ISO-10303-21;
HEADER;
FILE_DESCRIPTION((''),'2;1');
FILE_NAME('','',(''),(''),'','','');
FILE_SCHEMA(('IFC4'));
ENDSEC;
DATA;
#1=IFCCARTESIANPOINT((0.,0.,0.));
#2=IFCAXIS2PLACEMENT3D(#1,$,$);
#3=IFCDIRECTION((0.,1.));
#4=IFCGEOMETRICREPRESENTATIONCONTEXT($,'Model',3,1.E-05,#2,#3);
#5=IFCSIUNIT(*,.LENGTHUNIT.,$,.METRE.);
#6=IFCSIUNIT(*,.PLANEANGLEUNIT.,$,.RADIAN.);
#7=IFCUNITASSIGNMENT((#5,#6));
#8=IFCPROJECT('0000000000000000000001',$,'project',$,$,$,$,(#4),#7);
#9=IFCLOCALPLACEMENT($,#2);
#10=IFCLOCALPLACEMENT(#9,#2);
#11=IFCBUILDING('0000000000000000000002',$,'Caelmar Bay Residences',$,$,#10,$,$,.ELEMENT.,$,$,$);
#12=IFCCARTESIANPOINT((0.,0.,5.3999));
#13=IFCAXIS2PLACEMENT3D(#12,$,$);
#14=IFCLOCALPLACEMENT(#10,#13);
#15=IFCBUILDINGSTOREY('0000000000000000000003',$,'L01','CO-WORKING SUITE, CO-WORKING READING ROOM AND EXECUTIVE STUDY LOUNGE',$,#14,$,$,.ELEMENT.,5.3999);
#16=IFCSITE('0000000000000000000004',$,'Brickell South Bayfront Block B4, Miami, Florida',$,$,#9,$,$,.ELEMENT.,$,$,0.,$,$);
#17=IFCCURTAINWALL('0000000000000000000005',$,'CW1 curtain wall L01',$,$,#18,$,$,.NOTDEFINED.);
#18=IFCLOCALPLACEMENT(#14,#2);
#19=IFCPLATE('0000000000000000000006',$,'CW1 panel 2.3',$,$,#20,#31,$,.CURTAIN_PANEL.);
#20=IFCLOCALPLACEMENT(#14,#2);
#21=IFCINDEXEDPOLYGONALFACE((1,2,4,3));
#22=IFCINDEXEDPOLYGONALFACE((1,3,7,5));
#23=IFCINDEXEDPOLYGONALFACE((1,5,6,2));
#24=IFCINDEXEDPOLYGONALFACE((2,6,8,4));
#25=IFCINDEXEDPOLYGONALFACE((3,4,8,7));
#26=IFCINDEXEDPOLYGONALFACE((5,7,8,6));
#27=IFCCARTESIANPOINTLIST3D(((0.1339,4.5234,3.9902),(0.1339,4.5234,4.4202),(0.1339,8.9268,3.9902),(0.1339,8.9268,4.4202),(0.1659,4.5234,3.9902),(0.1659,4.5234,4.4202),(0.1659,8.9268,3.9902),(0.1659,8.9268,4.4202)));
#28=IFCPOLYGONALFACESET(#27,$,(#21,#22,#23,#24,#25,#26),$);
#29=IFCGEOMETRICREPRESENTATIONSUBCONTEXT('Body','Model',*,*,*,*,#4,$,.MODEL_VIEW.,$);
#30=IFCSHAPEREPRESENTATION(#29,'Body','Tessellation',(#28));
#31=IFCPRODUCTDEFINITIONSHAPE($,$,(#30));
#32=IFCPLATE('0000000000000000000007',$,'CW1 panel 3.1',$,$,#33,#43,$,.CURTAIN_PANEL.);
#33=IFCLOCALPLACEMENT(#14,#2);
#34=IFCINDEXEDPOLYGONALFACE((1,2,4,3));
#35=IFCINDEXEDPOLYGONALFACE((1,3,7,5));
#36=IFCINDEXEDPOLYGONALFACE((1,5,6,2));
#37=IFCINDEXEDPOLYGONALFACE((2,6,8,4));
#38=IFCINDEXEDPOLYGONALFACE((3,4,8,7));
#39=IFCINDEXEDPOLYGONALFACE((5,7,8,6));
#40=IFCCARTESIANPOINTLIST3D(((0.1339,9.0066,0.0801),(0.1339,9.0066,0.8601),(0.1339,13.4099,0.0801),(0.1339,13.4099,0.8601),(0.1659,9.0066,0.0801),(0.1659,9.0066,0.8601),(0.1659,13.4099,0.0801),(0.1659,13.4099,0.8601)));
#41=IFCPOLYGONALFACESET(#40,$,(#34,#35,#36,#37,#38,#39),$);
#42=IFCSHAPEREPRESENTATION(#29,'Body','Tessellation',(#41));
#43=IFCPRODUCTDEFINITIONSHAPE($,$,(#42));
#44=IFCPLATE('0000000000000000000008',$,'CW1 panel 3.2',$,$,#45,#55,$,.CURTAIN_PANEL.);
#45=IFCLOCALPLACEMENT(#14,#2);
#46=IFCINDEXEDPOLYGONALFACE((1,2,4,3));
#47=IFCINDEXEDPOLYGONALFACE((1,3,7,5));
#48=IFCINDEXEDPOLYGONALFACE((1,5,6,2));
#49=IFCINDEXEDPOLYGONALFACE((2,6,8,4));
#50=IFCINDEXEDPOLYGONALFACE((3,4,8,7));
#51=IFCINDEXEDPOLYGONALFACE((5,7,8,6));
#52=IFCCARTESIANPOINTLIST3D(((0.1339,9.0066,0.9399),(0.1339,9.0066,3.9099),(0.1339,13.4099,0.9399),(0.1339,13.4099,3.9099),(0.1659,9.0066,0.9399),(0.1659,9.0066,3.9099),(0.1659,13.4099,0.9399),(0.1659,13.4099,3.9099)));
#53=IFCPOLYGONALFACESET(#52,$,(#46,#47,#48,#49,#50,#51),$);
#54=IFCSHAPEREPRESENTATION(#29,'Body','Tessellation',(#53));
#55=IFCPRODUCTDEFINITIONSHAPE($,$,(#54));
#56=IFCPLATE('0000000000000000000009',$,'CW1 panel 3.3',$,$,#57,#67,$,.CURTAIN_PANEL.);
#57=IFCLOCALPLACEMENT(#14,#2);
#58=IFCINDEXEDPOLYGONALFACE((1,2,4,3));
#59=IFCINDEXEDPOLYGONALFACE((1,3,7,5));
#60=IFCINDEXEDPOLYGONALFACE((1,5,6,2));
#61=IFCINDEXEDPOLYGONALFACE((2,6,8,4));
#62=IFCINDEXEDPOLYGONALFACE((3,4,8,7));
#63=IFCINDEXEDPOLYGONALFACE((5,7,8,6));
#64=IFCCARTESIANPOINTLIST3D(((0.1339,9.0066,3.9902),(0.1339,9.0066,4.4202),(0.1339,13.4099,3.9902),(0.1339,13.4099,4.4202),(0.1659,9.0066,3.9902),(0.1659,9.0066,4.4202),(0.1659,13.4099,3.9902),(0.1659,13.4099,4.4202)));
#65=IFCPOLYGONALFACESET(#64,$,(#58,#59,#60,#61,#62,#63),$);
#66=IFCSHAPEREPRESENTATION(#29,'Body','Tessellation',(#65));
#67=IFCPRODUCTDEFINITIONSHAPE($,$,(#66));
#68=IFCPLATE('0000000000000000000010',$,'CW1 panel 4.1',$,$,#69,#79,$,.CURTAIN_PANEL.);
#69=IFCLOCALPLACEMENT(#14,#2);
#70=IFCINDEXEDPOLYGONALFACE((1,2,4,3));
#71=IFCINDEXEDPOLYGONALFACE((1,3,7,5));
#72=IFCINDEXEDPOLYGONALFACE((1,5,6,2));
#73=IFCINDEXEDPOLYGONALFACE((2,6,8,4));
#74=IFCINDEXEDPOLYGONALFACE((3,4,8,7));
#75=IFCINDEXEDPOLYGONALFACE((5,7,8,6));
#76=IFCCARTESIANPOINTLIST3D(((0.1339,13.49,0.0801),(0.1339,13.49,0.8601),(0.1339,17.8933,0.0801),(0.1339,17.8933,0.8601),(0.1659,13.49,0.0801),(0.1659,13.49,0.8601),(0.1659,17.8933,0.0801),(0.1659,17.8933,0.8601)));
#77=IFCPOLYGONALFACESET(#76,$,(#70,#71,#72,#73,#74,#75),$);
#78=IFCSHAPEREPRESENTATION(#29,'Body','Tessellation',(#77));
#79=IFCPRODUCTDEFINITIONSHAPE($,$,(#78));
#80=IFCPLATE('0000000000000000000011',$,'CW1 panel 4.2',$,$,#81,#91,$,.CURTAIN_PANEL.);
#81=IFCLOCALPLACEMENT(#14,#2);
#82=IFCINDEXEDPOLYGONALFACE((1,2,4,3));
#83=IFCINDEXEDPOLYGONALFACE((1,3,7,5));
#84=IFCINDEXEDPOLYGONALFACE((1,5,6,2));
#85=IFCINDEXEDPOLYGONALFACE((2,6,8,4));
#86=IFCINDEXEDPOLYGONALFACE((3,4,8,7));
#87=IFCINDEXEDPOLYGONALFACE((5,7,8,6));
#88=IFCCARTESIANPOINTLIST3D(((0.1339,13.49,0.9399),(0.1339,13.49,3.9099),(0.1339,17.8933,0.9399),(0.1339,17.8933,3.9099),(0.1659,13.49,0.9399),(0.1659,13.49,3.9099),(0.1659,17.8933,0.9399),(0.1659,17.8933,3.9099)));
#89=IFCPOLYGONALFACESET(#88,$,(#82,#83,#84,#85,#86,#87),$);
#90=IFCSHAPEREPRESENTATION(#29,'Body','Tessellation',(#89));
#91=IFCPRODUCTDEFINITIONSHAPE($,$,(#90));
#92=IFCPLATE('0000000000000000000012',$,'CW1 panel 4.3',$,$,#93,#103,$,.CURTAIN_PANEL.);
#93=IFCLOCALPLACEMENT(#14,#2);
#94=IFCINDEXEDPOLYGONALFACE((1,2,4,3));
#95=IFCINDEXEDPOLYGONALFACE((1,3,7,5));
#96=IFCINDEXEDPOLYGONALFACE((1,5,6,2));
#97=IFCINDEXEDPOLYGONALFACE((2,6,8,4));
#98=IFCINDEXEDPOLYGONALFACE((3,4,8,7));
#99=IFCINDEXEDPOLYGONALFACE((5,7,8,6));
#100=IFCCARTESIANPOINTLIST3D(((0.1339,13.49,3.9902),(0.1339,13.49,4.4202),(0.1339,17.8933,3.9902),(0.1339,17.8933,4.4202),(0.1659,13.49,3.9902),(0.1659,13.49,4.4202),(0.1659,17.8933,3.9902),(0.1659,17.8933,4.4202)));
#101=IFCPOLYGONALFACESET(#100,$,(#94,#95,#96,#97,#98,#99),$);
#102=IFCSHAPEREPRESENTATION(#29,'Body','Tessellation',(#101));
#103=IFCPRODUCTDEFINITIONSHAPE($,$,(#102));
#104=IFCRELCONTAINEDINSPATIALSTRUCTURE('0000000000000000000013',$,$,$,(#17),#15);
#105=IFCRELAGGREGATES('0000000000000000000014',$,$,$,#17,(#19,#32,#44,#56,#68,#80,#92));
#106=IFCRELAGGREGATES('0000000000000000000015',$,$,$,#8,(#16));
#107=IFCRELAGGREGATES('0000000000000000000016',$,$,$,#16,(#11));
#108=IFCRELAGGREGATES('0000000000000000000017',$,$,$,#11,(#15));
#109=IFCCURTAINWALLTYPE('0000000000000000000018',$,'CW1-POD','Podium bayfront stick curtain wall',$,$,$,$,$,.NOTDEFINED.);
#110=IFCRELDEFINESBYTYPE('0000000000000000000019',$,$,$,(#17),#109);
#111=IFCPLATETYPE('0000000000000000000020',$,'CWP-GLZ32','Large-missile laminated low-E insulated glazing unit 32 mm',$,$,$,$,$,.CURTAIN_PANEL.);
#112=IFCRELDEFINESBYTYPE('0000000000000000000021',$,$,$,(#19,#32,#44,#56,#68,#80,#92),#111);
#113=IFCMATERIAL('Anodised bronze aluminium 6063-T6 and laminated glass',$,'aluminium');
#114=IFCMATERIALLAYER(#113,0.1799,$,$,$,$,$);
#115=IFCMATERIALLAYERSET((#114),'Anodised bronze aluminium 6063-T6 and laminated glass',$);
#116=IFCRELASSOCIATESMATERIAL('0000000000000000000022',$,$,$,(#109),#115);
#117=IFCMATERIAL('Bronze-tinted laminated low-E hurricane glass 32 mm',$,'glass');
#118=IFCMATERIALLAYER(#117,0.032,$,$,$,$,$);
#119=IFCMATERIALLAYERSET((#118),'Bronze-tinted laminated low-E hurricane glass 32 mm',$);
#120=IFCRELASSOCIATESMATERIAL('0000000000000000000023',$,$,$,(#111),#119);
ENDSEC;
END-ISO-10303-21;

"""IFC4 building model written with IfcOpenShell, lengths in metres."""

from ifc_helpers import new_model, si_unit, direction, frame, origin, origin_2d, place, context, subcontext, project, spatial, rectangle, extrude, material, layer, layer_set, type_object, element, aggregate, save


model = new_model("IFC4")

# Units and contexts
model_context = context("Model", 3, precision=1e-05, world=origin(), true_north=direction((0.0, 1.0)))
body_context = subcontext(model_context, "Body", "Model", "MODEL_VIEW")
ifc_project = project(units=[si_unit("LENGTHUNIT", "METRE"), si_unit("PLANEANGLEUNIT", "RADIAN")], contexts=[model_context])

# Site, building, storey
site_placement = place(None, origin())
site = spatial("IfcSite", under=ifc_project, at=site_placement, Name="Brickell South Bayfront Block B4, Miami, Florida", CompositionType="ELEMENT", RefElevation=0.0)
building_placement = place(site_placement, origin())
building = spatial("IfcBuilding", under=site, at=building_placement, Name="Caelmar Bay Residences", CompositionType="ELEMENT")
storey_placement = place(building_placement, frame((0.0, 0.0, 5.3999)))
storey = spatial("IfcBuildingStorey", under=building, at=storey_placement, Name="L01", Description="CO-WORKING SUITE, CO-WORKING READING ROOM AND EXECUTIVE STUDY LOUNGE", CompositionType="ELEMENT", Elevation=5.3999)

# Curtain wall, plates
ifc_material_1 = material(Name="Anodised bronze aluminium 6063-T6 and laminated glass", Category="aluminium")
ifc_layer_1 = layer(ifc_material_1, 0.1799)
ifc_layer_set_1 = layer_set([ifc_layer_1], Name="Anodised bronze aluminium 6063-T6 and laminated glass")
curtain_wall_type = type_object("IfcCurtainWallType", Name="CW1-POD", Description="Podium bayfront stick curtain wall", PredefinedType="NOTDEFINED", material=ifc_layer_set_1)
curtain_wall_placement = place(storey_placement, origin())
curtain_wall = element("IfcCurtainWall", 1, at=curtain_wall_placement, inside=storey, type_object=curtain_wall_type, Name="CW1 curtain wall L01", PredefinedType="NOTDEFINED")
ifc_material_2 = material(Name="Bronze-tinted laminated low-E hurricane glass 32 mm", Category="glass")
ifc_layer_2 = layer(ifc_material_2, 0.032)
ifc_layer_set_2 = layer_set([ifc_layer_2], Name="Bronze-tinted laminated low-E hurricane glass 32 mm")
plate_type = type_object("IfcPlateType", Name="CWP-GLZ32", Description="Large-missile laminated low-E insulated glazing unit 32 mm", PredefinedType="CURTAIN_PANEL", material=ifc_layer_set_2)
plate_1_placement = place(storey_placement, frame((0.1499, 6.7251, 3.9902), z_axis=(0.0, 0.0, 1.0), x_axis=(0.0, 1.0, 0.0)))
plate_1 = element("IfcPlate", 2, at=plate_1_placement, type_object=plate_type, Name="CW1 panel 2.3", PredefinedType="CURTAIN_PANEL", context=body_context, shape_type="SweptSolid", body=[
    extrude(rectangle(XDim=4.4033, YDim=0.032, at=origin_2d()), origin(), (0.0, 0.0, 1.0), 0.4299),
])
plate_2_placement = place(storey_placement, frame((0.1499, 11.2083, 0.0801), z_axis=(0.0, 0.0, 1.0), x_axis=(0.0, 1.0, 0.0)))
plate_2 = element("IfcPlate", 3, at=plate_2_placement, type_object=plate_type, Name="CW1 panel 3.1", PredefinedType="CURTAIN_PANEL", context=body_context, shape_type="SweptSolid", body=[
    extrude(rectangle(XDim=4.4033, YDim=0.032, at=origin_2d()), origin(), (0.0, 0.0, 1.0), 0.78),
])
plate_3_placement = place(storey_placement, frame((0.1499, 11.2083, 0.9399), z_axis=(0.0, 0.0, 1.0), x_axis=(0.0, 1.0, 0.0)))
plate_3 = element("IfcPlate", 4, at=plate_3_placement, type_object=plate_type, Name="CW1 panel 3.2", PredefinedType="CURTAIN_PANEL", context=body_context, shape_type="SweptSolid", body=[
    extrude(rectangle(XDim=4.4033, YDim=0.032, at=origin_2d()), origin(), (0.0, 0.0, 1.0), 2.97),
])
plate_4_placement = place(storey_placement, frame((0.1499, 11.2083, 3.9902), z_axis=(0.0, 0.0, 1.0), x_axis=(0.0, 1.0, 0.0)))
plate_4 = element("IfcPlate", 5, at=plate_4_placement, type_object=plate_type, Name="CW1 panel 3.3", PredefinedType="CURTAIN_PANEL", context=body_context, shape_type="SweptSolid", body=[
    extrude(rectangle(XDim=4.4033, YDim=0.032, at=origin_2d()), origin(), (0.0, 0.0, 1.0), 0.4299),
])
plate_5_placement = place(storey_placement, frame((0.1499, 15.6917, 0.0801), z_axis=(0.0, 0.0, 1.0), x_axis=(0.0, 1.0, 0.0)))
plate_5 = element("IfcPlate", 6, at=plate_5_placement, type_object=plate_type, Name="CW1 panel 4.1", PredefinedType="CURTAIN_PANEL", context=body_context, shape_type="SweptSolid", body=[
    extrude(rectangle(XDim=4.4033, YDim=0.032, at=origin_2d()), origin(), (0.0, 0.0, 1.0), 0.78),
])
plate_6_placement = place(storey_placement, frame((0.1499, 15.6917, 0.9399), z_axis=(0.0, 0.0, 1.0), x_axis=(0.0, 1.0, 0.0)))
plate_6 = element("IfcPlate", 7, at=plate_6_placement, type_object=plate_type, Name="CW1 panel 4.2", PredefinedType="CURTAIN_PANEL", context=body_context, shape_type="SweptSolid", body=[
    extrude(rectangle(XDim=4.4033, YDim=0.032, at=origin_2d()), origin(), (0.0, 0.0, 1.0), 2.97),
])
plate_7_placement = place(storey_placement, frame((0.1499, 15.6917, 3.9902), z_axis=(0.0, 0.0, 1.0), x_axis=(0.0, 1.0, 0.0)))
plate_7 = element("IfcPlate", 8, at=plate_7_placement, type_object=plate_type, Name="CW1 panel 4.3", PredefinedType="CURTAIN_PANEL", context=body_context, shape_type="SweptSolid", body=[
    extrude(rectangle(XDim=4.4033, YDim=0.032, at=origin_2d()), origin(), (0.0, 0.0, 1.0), 0.4299),
])
aggregate(curtain_wall, [plate_1, plate_2, plate_3, plate_4, plate_5, plate_6, plate_7])

save(model, "model.ifc")
